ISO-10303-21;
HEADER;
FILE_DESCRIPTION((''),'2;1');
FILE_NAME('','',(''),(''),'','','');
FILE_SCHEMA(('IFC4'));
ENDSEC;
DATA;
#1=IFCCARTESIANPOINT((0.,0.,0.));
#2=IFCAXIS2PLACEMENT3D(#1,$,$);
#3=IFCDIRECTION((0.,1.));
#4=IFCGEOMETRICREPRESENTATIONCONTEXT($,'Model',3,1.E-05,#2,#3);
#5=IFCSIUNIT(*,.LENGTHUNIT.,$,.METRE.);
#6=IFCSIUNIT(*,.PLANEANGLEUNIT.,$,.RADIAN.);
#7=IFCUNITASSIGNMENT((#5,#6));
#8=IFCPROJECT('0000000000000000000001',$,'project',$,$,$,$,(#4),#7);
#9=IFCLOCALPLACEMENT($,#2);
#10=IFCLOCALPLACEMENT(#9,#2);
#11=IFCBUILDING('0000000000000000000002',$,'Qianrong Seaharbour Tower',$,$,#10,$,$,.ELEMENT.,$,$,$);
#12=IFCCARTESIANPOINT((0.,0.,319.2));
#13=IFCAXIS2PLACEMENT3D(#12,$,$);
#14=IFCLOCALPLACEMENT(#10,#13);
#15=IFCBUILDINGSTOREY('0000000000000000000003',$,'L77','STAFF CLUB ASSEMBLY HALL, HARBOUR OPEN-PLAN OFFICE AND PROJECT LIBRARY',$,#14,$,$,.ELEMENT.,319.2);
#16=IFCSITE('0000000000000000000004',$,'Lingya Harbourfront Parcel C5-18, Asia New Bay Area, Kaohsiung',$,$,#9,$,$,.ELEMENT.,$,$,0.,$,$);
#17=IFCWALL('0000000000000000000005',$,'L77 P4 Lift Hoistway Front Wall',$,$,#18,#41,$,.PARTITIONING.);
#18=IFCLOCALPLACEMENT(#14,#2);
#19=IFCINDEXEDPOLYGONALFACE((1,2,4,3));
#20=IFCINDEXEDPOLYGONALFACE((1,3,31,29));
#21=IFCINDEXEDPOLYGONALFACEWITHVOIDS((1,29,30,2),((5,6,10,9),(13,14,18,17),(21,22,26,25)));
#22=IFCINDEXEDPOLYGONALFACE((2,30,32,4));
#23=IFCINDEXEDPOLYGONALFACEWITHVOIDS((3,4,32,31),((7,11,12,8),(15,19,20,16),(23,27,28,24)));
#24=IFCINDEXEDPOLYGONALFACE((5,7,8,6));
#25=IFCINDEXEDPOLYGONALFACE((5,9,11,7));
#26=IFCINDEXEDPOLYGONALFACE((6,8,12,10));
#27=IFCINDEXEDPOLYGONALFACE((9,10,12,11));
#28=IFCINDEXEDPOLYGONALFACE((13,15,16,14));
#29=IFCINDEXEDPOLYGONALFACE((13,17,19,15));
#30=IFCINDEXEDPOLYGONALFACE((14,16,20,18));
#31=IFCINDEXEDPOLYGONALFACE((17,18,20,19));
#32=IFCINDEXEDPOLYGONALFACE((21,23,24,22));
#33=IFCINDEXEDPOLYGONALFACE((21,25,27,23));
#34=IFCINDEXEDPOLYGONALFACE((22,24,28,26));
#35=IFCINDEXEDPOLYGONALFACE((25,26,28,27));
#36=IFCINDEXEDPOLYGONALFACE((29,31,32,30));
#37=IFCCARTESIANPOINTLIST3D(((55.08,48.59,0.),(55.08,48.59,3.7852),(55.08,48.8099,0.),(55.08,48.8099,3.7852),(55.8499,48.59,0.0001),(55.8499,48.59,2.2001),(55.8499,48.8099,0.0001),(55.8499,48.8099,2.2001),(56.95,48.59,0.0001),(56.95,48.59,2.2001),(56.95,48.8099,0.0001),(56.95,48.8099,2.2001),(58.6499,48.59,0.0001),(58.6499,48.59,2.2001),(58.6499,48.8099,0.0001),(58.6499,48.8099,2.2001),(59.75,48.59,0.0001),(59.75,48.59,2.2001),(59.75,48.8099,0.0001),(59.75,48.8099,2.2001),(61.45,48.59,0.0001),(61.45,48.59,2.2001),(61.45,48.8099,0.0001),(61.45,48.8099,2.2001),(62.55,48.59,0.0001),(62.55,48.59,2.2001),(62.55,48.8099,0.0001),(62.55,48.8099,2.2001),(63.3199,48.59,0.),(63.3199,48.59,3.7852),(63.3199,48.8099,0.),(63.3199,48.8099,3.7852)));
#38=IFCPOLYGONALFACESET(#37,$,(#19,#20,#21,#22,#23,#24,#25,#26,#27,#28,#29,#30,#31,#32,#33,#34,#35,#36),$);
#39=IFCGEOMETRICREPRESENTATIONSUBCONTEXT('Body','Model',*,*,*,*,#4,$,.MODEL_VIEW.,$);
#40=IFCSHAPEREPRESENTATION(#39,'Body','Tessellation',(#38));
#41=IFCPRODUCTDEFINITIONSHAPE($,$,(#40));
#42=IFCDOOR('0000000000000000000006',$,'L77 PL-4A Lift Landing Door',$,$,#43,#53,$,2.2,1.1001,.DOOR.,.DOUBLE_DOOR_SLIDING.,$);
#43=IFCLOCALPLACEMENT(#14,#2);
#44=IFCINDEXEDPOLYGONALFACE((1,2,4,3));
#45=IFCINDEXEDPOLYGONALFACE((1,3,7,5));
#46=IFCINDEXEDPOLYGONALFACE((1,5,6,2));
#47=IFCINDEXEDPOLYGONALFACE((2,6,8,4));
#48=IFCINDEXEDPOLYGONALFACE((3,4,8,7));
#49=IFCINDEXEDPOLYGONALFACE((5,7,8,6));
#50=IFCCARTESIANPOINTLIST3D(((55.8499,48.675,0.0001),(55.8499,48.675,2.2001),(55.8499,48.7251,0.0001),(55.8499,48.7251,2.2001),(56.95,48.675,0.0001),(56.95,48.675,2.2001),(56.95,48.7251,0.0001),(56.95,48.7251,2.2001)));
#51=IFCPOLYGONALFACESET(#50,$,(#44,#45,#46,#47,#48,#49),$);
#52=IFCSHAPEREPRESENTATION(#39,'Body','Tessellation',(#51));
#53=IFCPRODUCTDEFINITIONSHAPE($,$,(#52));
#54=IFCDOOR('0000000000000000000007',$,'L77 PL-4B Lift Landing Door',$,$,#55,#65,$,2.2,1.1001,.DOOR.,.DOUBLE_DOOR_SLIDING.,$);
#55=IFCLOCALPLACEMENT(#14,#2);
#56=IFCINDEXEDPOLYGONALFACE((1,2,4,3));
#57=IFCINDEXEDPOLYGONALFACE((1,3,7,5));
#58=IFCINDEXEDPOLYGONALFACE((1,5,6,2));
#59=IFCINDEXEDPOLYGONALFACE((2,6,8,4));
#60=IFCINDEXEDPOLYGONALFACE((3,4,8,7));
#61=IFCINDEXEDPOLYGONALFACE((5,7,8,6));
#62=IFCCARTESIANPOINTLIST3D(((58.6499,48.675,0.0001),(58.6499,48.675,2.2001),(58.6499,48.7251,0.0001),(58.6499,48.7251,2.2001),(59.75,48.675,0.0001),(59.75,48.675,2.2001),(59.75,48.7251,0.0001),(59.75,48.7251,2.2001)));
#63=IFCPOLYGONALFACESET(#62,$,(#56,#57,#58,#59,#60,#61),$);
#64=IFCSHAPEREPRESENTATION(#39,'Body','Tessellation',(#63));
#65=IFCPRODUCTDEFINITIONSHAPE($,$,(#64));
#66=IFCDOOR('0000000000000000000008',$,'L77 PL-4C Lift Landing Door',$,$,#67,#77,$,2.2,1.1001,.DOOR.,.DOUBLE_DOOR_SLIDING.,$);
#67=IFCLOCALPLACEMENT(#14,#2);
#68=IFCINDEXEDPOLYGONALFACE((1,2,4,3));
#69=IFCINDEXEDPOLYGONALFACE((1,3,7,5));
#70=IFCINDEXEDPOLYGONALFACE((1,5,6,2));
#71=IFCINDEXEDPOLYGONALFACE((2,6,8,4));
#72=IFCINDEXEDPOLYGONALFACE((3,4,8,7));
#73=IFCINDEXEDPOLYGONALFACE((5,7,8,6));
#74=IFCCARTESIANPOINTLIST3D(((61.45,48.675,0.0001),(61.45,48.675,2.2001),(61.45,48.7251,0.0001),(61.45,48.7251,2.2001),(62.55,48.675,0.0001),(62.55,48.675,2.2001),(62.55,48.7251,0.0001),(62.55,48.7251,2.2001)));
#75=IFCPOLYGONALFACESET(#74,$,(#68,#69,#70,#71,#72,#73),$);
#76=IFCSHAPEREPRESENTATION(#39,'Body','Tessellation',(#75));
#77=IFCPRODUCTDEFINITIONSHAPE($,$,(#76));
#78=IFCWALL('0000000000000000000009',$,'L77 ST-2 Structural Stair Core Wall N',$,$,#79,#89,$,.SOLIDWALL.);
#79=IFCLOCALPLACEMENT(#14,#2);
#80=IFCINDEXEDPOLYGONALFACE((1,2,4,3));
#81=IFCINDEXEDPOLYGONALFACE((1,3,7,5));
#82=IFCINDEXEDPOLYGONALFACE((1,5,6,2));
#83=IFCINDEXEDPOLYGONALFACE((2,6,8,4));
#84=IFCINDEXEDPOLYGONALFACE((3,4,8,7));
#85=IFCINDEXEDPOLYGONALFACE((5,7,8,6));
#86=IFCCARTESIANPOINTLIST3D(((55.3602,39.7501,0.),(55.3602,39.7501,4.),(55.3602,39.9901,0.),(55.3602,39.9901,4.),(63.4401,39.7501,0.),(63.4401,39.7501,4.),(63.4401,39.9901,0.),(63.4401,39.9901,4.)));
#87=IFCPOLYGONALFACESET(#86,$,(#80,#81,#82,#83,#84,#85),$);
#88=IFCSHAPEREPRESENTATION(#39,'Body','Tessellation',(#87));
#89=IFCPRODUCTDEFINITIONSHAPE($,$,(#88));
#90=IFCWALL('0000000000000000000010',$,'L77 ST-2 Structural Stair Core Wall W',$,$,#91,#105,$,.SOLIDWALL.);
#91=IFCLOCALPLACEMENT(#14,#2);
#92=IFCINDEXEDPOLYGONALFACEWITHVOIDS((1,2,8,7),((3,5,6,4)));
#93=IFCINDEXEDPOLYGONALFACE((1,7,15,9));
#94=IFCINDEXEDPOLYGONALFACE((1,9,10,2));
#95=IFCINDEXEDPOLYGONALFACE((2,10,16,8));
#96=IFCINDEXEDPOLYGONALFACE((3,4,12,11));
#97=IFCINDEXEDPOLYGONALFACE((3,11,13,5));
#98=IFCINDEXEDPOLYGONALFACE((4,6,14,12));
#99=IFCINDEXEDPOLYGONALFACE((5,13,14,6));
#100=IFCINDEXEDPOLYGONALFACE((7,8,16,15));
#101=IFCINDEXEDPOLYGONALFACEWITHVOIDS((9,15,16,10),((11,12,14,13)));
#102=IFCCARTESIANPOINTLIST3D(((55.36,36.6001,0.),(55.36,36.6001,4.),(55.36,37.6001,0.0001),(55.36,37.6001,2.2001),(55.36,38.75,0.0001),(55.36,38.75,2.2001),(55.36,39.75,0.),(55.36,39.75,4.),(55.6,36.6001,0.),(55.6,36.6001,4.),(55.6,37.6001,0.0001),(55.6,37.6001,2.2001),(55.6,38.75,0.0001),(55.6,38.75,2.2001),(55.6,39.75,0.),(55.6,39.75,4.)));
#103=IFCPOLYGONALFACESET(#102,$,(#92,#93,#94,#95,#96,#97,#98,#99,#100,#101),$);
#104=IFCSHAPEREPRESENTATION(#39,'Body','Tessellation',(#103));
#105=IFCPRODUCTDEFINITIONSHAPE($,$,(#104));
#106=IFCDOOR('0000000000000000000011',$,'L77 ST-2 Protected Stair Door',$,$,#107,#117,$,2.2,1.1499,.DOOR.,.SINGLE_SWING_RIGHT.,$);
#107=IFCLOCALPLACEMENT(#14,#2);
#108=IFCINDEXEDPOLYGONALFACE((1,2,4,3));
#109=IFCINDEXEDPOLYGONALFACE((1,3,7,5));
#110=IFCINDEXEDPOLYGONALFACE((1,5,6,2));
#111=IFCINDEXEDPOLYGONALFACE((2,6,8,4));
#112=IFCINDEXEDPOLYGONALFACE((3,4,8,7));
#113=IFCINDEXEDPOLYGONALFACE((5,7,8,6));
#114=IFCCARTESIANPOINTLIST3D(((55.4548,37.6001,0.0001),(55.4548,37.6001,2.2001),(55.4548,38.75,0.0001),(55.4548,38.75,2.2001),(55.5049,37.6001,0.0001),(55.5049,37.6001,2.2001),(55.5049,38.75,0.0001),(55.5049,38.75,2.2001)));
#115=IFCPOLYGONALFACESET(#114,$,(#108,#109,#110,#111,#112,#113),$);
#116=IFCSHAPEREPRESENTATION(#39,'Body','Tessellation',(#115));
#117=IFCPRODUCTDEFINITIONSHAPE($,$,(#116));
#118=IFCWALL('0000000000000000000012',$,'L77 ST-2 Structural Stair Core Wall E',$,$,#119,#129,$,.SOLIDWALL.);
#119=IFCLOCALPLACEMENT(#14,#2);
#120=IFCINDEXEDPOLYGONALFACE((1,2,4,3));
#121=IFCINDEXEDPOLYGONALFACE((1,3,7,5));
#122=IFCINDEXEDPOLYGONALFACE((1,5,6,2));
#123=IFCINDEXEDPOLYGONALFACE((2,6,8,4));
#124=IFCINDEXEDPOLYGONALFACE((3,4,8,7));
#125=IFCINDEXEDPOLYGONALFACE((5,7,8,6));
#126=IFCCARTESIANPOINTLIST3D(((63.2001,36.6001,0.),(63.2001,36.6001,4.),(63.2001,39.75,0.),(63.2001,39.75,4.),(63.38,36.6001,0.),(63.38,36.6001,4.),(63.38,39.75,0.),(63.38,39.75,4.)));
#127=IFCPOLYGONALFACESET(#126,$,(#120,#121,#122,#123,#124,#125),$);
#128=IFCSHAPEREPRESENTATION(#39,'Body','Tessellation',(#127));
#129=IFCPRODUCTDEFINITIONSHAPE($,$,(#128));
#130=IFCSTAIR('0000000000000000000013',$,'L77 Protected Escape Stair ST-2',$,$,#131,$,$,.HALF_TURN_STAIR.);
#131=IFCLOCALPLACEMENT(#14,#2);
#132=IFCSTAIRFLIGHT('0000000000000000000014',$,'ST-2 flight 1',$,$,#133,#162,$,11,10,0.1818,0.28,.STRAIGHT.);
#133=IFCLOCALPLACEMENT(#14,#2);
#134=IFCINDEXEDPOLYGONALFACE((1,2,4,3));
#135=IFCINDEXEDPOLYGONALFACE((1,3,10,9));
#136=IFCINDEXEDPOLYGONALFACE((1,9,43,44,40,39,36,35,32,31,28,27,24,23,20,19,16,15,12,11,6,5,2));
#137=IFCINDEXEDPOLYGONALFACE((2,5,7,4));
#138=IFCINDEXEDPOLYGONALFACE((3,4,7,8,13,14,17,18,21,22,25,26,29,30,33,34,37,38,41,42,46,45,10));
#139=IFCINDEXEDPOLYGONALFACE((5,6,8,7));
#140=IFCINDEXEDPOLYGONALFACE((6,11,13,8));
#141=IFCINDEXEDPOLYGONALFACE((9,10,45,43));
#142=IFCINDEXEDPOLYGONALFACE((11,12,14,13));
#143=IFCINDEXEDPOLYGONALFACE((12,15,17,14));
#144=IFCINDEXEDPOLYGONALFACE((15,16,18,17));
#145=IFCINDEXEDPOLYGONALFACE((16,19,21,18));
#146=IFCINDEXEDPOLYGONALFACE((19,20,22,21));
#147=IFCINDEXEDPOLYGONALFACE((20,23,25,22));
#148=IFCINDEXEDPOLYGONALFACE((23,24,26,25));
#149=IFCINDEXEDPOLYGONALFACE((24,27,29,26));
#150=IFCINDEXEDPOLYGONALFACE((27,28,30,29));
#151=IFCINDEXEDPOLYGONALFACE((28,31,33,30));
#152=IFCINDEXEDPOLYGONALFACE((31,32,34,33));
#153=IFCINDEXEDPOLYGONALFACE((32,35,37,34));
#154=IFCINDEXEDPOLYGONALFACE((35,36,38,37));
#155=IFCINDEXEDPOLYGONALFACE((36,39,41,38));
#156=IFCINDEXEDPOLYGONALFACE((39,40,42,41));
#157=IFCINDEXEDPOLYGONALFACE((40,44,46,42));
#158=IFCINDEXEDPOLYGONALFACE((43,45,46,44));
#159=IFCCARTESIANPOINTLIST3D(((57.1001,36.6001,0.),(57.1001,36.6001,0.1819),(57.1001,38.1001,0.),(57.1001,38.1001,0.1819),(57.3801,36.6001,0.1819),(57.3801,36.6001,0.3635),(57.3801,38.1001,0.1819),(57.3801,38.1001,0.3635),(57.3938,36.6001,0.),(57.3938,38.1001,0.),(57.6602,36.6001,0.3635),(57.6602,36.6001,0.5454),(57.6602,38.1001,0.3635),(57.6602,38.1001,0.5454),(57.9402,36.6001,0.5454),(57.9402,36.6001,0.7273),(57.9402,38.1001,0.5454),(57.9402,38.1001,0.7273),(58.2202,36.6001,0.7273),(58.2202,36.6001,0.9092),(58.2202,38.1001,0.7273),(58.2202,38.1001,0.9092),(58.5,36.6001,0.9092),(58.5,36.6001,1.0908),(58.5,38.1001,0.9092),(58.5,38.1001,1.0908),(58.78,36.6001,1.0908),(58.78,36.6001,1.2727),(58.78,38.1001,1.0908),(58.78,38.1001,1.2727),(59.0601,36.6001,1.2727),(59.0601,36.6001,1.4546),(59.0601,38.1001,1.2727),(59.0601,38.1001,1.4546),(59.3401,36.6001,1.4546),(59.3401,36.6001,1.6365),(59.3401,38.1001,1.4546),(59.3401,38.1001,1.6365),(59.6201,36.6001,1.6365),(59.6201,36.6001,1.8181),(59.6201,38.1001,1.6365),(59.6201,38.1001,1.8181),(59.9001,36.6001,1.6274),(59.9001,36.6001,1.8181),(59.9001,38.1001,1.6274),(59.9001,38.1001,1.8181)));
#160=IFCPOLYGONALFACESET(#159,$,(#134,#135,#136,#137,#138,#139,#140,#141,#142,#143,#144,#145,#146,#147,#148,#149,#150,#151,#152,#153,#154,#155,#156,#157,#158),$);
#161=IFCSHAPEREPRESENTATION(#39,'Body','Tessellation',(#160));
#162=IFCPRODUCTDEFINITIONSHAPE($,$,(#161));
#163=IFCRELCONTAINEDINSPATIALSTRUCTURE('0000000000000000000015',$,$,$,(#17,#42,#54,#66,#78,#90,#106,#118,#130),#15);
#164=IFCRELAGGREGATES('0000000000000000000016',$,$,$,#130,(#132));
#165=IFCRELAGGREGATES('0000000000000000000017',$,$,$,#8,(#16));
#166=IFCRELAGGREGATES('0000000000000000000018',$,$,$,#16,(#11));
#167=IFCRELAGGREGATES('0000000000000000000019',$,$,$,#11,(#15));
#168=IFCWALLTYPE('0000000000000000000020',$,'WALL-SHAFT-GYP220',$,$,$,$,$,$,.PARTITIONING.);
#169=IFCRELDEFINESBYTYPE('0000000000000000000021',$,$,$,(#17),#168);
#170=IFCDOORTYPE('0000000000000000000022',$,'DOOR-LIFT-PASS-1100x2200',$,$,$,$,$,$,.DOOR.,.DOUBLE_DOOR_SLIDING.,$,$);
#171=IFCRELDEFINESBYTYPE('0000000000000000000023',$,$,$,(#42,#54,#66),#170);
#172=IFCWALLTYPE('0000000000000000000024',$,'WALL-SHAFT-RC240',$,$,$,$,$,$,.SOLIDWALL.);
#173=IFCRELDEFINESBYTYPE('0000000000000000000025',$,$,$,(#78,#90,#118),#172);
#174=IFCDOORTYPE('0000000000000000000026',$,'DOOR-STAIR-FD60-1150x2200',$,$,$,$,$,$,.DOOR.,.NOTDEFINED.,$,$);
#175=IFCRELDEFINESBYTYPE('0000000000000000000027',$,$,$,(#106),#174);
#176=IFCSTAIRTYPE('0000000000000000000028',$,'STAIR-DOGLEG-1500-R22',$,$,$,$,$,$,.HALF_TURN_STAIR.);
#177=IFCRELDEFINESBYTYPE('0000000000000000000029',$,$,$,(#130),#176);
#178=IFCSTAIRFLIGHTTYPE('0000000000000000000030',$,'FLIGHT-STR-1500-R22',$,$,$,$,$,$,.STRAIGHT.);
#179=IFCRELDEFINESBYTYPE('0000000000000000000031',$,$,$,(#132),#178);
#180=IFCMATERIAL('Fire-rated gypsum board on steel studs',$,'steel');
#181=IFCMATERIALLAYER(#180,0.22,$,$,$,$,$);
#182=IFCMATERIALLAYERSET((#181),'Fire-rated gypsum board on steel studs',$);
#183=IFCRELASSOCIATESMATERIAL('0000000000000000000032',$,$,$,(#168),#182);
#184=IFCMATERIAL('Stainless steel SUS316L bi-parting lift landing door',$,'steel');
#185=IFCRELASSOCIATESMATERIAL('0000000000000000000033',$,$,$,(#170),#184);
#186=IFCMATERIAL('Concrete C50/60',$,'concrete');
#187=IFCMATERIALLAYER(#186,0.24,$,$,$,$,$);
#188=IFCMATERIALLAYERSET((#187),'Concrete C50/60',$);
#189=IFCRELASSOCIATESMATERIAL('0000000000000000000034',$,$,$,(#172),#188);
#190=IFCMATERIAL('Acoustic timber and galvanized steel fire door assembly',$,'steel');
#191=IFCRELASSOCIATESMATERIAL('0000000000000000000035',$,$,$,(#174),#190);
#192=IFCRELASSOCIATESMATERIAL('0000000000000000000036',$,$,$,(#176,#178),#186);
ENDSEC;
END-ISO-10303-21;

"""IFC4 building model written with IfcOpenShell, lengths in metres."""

from ifc_helpers import new_model, si_unit, direction, frame, frame_2d, origin, place, context, subcontext, project, spatial, polyline, rectangle, outline, extrude, material, layer, layer_set, type_object, element, fill, aggregate, save


model = new_model("IFC4")

# Units and contexts
model_context = context("Model", 3, precision=1e-05, world=origin(), true_north=direction((0.0, 1.0)))
body_context = subcontext(model_context, "Body", "Model", "MODEL_VIEW")
ifc_project = project(units=[si_unit("LENGTHUNIT", "METRE"), si_unit("PLANEANGLEUNIT", "RADIAN")], contexts=[model_context])

# Site, building, storey
site_placement = place(None, origin())
site = spatial("IfcSite", under=ifc_project, at=site_placement, Name="Lingya Harbourfront Parcel C5-18, Asia New Bay Area, Kaohsiung", CompositionType="ELEMENT", RefElevation=0.0)
building_placement = place(site_placement, origin())
building = spatial("IfcBuilding", under=site, at=building_placement, Name="Qianrong Seaharbour Tower", CompositionType="ELEMENT")
storey_placement = place(building_placement, frame((0.0, 0.0, 319.2)))
storey = spatial("IfcBuildingStorey", under=building, at=storey_placement, Name="L77", Description="STAFF CLUB ASSEMBLY HALL, HARBOUR OPEN-PLAN OFFICE AND PROJECT LIBRARY", CompositionType="ELEMENT", Elevation=319.2)

# Shared definitions
ifc_material_1 = material(Name="Acoustic timber and galvanized steel fire door assembly", Category="steel")

# Shared definitions
ifc_material_2 = material(Name="Fire-rated gypsum board on steel studs", Category="steel")

# Wall, openings, doors
ifc_layer_1 = layer(ifc_material_2, 0.22)
ifc_layer_set_1 = layer_set([ifc_layer_1], Name="Fire-rated gypsum board on steel studs")
wall_type_1 = type_object("IfcWallType", Name="WALL-SHAFT-GYP220", PredefinedType="PARTITIONING", material=ifc_layer_set_1)
wall_1_placement = place(storey_placement, frame((63.3201, 48.7, 0.0), z_axis=(0.0, 0.0, 1.0), x_axis=(-1.0, 0.0, 0.0)))
wall_1 = element("IfcWall", 1, at=wall_1_placement, inside=storey, type_object=wall_type_1, Name="L77 P4 Lift Hoistway Front Wall", PredefinedType="PARTITIONING", context=body_context, shape_type="SweptSolid", body=[
    extrude(rectangle(XDim=8.24, YDim=0.22, at=frame_2d((4.1201, 0.0))), origin(), (0.0, 0.0, 1.0), 3.7852),
])
opening_1_placement = place(wall_1_placement, frame((6.3701, 0.0, 0.0)))
opening_1 = element("IfcOpeningElement", 2, at=opening_1_placement, cuts=wall_1, PredefinedType="OPENING", context=body_context, shape_type="SweptSolid", body=[
    extrude(rectangle(XDim=1.1001, YDim=2.2, at=frame_2d((0.55, 1.1001))), frame((0.0, 0.1201, 0.0), z_axis=(0.0, -1.0, 0.0), x_axis=(1.0, 0.0, 0.0)), (0.0, 0.0, 1.0), 0.24),
])
opening_2_placement = place(wall_1_placement, frame((3.5701, 0.0, 0.0)))
opening_2 = element("IfcOpeningElement", 3, at=opening_2_placement, cuts=wall_1, PredefinedType="OPENING", context=body_context, shape_type="SweptSolid", body=[
    extrude(rectangle(XDim=1.1001, YDim=2.2, at=frame_2d((0.55, 1.1001))), frame((0.0, 0.1201, 0.0), z_axis=(0.0, -1.0, 0.0), x_axis=(1.0, 0.0, 0.0)), (0.0, 0.0, 1.0), 0.24),
])
opening_3_placement = place(wall_1_placement, frame((0.77, 0.0, 0.0)))
opening_3 = element("IfcOpeningElement", 4, at=opening_3_placement, cuts=wall_1, PredefinedType="OPENING", context=body_context, shape_type="SweptSolid", body=[
    extrude(rectangle(XDim=1.1001, YDim=2.2, at=frame_2d((0.55, 1.1001))), frame((0.0, 0.1201, 0.0), z_axis=(0.0, -1.0, 0.0), x_axis=(1.0, 0.0, 0.0)), (0.0, 0.0, 1.0), 0.24),
])
ifc_material_3 = material(Name="Stainless steel SUS316L bi-parting lift landing door", Category="steel")
door_type_1 = type_object("IfcDoorType", Name="DOOR-LIFT-PASS-1100x2200", OperationType="DOUBLE_DOOR_SLIDING", PredefinedType="DOOR", material=ifc_material_3)
door_1_placement = place(opening_1_placement, origin())
door_1 = element("IfcDoor", 5, at=door_1_placement, inside=storey, type_object=door_type_1, Name="L77 PL-4A Lift Landing Door", OperationType="DOUBLE_DOOR_SLIDING", OverallHeight=2.2, OverallWidth=1.1001, PredefinedType="DOOR", context=body_context, shape_type="SweptSolid", body=[
    extrude(rectangle(XDim=1.1001, YDim=2.2, at=frame_2d((0.55, 1.1001))), frame((0.0, 0.0249, 0.0), z_axis=(0.0, -1.0, 0.0), x_axis=(1.0, 0.0, 0.0)), (0.0, 0.0, 1.0), 0.05),
])
fill(opening_1, door_1)
door_2_placement = place(opening_2_placement, origin())
door_2 = element("IfcDoor", 6, at=door_2_placement, inside=storey, type_object=door_type_1, Name="L77 PL-4B Lift Landing Door", OperationType="DOUBLE_DOOR_SLIDING", OverallHeight=2.2, OverallWidth=1.1001, PredefinedType="DOOR", context=body_context, shape_type="SweptSolid", body=[
    extrude(rectangle(XDim=1.1001, YDim=2.2, at=frame_2d((0.55, 1.1001))), frame((0.0, 0.0249, 0.0), z_axis=(0.0, -1.0, 0.0), x_axis=(1.0, 0.0, 0.0)), (0.0, 0.0, 1.0), 0.05),
])
fill(opening_2, door_2)
door_3_placement = place(opening_3_placement, origin())
door_3 = element("IfcDoor", 7, at=door_3_placement, inside=storey, type_object=door_type_1, Name="L77 PL-4C Lift Landing Door", OperationType="DOUBLE_DOOR_SLIDING", OverallHeight=2.2, OverallWidth=1.1001, PredefinedType="DOOR", context=body_context, shape_type="SweptSolid", body=[
    extrude(rectangle(XDim=1.1001, YDim=2.2, at=frame_2d((0.55, 1.1001))), frame((0.0, 0.0249, 0.0), z_axis=(0.0, -1.0, 0.0), x_axis=(1.0, 0.0, 0.0)), (0.0, 0.0, 1.0), 0.05),
])
fill(opening_3, door_3)

# Wall
ifc_material_4 = material(Name="Concrete C50/60", Category="concrete")
ifc_layer_2 = layer(ifc_material_4, 0.24)
ifc_layer_set_2 = layer_set([ifc_layer_2], Name="Concrete C50/60")
wall_type_2 = type_object("IfcWallType", Name="WALL-SHAFT-RC240", PredefinedType="SOLIDWALL", material=ifc_layer_set_2)
wall_2_placement = place(storey_placement, frame((55.3601, 39.8701, 0.0), z_axis=(0.0, 0.0, 1.0), x_axis=(1.0, 0.0, 0.0)))
element("IfcWall", 8, at=wall_2_placement, inside=storey, type_object=wall_type_2, Name="L77 ST-2 Structural Stair Core Wall N", PredefinedType="SOLIDWALL", context=body_context, shape_type="SweptSolid", body=[
    extrude(rectangle(XDim=8.0798, YDim=0.24, at=frame_2d((4.04, 0.0))), origin(), (0.0, 0.0, 1.0), 4.0),
])

# Wall, opening, door
wall_3_placement = place(storey_placement, frame((55.48, 39.75, 0.0), z_axis=(0.0, 0.0, 1.0), x_axis=(0.0, -1.0, 0.0)))
wall_3 = element("IfcWall", 9, at=wall_3_placement, inside=storey, type_object=wall_type_2, Name="L77 ST-2 Structural Stair Core Wall W", PredefinedType="SOLIDWALL", context=body_context, shape_type="SweptSolid", body=[
    extrude(rectangle(XDim=3.1499, YDim=0.24, at=frame_2d((1.575, 0.0))), origin(), (0.0, 0.0, 1.0), 4.0),
])
opening_4_placement = place(wall_3_placement, frame((1.0, 0.0, 0.0)))
opening_4 = element("IfcOpeningElement", 10, at=opening_4_placement, cuts=wall_3, PredefinedType="OPENING", context=body_context, shape_type="SweptSolid", body=[
    extrude(rectangle(XDim=1.1499, YDim=2.2, at=frame_2d((0.575, 1.1001))), frame((0.0, 0.1299, 0.0), z_axis=(0.0, -1.0, 0.0), x_axis=(1.0, 0.0, 0.0)), (0.0, 0.0, 1.0), 0.26),
])
door_type_2 = type_object("IfcDoorType", Name="DOOR-STAIR-FD60-1150x2200", OperationType="NOTDEFINED", PredefinedType="DOOR", material=ifc_material_1)
door_4_placement = place(opening_4_placement, origin())
door_4 = element("IfcDoor", 11, at=door_4_placement, inside=storey, type_object=door_type_2, Name="L77 ST-2 Protected Stair Door", OperationType="SINGLE_SWING_RIGHT", OverallHeight=2.2, OverallWidth=1.1499, PredefinedType="DOOR", context=body_context, shape_type="SweptSolid", body=[
    extrude(rectangle(XDim=1.1499, YDim=2.2, at=frame_2d((0.575, 1.1001))), frame((0.0, 0.0249, 0.0), z_axis=(0.0, -1.0, 0.0), x_axis=(1.0, 0.0, 0.0)), (0.0, 0.0, 1.0), 0.05),
])
fill(opening_4, door_4)

# Wall
wall_4_placement = place(storey_placement, frame((63.29, 36.6001, 0.0), z_axis=(0.0, 0.0, 1.0), x_axis=(0.0, 1.0, 0.0)))
element("IfcWall", 12, at=wall_4_placement, inside=storey, type_object=wall_type_2, Name="L77 ST-2 Structural Stair Core Wall E", PredefinedType="SOLIDWALL", context=body_context, shape_type="SweptSolid", body=[
    extrude(rectangle(XDim=3.1499, YDim=0.1799, at=frame_2d((1.575, 0.0))), origin(), (0.0, 0.0, 1.0), 4.0),
])

# Stair, stair flight
stair_type = type_object("IfcStairType", Name="STAIR-DOGLEG-1500-R22", PredefinedType="HALF_TURN_STAIR", material=ifc_material_4)
stair_placement = place(storey_placement, origin())
stair = element("IfcStair", 13, at=stair_placement, inside=storey, type_object=stair_type, Name="L77 Protected Escape Stair ST-2", PredefinedType="HALF_TURN_STAIR")
stair_flight_type = type_object("IfcStairFlightType", Name="FLIGHT-STR-1500-R22", PredefinedType="STRAIGHT", material=ifc_material_4)
stair_flight_1_placement = place(storey_placement, frame((57.1001, 37.3501, 0.0), z_axis=(0.0, 0.0, 1.0), x_axis=(1.0, 0.0, 0.0)))
stair_flight_1 = element("IfcStairFlight", 14, at=stair_flight_1_placement, type_object=stair_flight_type, Name="ST-2 flight 1", NumberOfRisers=11, NumberOfTreads=10, PredefinedType="STRAIGHT", RiserHeight=0.1818, TreadLength=0.28, context=body_context, shape_type="SweptSolid", body=[
    extrude(outline(polyline([(0.0, 0.0), (0.0, 0.1819), (0.28, 0.1819), (0.28, 0.3635), (0.5601, 0.3635), (0.5601, 0.5454), (0.8401, 0.5454), (0.8401, 0.7273), (1.1201, 0.7273), (1.1201, 0.9092), (1.3999, 0.9092), (1.3999, 1.0908), (1.6799, 1.0908), (1.6799, 1.2727), (1.96, 1.2727), (1.96, 1.4546), (2.24, 1.4546), (2.24, 1.6365), (2.52, 1.6365), (2.52, 1.8181), (2.8, 1.8181), (2.8, 2.0), (2.8, 1.6274), (0.2937, 0.0), (0.0, 0.0)])), frame((0.0, 0.75, 0.0), z_axis=(0.0, -1.0, 0.0), x_axis=(1.0, 0.0, 0.0)), (0.0, 0.0, 1.0), 1.5),
])
aggregate(stair, [stair_flight_1])

save(model, "model.ifc")
